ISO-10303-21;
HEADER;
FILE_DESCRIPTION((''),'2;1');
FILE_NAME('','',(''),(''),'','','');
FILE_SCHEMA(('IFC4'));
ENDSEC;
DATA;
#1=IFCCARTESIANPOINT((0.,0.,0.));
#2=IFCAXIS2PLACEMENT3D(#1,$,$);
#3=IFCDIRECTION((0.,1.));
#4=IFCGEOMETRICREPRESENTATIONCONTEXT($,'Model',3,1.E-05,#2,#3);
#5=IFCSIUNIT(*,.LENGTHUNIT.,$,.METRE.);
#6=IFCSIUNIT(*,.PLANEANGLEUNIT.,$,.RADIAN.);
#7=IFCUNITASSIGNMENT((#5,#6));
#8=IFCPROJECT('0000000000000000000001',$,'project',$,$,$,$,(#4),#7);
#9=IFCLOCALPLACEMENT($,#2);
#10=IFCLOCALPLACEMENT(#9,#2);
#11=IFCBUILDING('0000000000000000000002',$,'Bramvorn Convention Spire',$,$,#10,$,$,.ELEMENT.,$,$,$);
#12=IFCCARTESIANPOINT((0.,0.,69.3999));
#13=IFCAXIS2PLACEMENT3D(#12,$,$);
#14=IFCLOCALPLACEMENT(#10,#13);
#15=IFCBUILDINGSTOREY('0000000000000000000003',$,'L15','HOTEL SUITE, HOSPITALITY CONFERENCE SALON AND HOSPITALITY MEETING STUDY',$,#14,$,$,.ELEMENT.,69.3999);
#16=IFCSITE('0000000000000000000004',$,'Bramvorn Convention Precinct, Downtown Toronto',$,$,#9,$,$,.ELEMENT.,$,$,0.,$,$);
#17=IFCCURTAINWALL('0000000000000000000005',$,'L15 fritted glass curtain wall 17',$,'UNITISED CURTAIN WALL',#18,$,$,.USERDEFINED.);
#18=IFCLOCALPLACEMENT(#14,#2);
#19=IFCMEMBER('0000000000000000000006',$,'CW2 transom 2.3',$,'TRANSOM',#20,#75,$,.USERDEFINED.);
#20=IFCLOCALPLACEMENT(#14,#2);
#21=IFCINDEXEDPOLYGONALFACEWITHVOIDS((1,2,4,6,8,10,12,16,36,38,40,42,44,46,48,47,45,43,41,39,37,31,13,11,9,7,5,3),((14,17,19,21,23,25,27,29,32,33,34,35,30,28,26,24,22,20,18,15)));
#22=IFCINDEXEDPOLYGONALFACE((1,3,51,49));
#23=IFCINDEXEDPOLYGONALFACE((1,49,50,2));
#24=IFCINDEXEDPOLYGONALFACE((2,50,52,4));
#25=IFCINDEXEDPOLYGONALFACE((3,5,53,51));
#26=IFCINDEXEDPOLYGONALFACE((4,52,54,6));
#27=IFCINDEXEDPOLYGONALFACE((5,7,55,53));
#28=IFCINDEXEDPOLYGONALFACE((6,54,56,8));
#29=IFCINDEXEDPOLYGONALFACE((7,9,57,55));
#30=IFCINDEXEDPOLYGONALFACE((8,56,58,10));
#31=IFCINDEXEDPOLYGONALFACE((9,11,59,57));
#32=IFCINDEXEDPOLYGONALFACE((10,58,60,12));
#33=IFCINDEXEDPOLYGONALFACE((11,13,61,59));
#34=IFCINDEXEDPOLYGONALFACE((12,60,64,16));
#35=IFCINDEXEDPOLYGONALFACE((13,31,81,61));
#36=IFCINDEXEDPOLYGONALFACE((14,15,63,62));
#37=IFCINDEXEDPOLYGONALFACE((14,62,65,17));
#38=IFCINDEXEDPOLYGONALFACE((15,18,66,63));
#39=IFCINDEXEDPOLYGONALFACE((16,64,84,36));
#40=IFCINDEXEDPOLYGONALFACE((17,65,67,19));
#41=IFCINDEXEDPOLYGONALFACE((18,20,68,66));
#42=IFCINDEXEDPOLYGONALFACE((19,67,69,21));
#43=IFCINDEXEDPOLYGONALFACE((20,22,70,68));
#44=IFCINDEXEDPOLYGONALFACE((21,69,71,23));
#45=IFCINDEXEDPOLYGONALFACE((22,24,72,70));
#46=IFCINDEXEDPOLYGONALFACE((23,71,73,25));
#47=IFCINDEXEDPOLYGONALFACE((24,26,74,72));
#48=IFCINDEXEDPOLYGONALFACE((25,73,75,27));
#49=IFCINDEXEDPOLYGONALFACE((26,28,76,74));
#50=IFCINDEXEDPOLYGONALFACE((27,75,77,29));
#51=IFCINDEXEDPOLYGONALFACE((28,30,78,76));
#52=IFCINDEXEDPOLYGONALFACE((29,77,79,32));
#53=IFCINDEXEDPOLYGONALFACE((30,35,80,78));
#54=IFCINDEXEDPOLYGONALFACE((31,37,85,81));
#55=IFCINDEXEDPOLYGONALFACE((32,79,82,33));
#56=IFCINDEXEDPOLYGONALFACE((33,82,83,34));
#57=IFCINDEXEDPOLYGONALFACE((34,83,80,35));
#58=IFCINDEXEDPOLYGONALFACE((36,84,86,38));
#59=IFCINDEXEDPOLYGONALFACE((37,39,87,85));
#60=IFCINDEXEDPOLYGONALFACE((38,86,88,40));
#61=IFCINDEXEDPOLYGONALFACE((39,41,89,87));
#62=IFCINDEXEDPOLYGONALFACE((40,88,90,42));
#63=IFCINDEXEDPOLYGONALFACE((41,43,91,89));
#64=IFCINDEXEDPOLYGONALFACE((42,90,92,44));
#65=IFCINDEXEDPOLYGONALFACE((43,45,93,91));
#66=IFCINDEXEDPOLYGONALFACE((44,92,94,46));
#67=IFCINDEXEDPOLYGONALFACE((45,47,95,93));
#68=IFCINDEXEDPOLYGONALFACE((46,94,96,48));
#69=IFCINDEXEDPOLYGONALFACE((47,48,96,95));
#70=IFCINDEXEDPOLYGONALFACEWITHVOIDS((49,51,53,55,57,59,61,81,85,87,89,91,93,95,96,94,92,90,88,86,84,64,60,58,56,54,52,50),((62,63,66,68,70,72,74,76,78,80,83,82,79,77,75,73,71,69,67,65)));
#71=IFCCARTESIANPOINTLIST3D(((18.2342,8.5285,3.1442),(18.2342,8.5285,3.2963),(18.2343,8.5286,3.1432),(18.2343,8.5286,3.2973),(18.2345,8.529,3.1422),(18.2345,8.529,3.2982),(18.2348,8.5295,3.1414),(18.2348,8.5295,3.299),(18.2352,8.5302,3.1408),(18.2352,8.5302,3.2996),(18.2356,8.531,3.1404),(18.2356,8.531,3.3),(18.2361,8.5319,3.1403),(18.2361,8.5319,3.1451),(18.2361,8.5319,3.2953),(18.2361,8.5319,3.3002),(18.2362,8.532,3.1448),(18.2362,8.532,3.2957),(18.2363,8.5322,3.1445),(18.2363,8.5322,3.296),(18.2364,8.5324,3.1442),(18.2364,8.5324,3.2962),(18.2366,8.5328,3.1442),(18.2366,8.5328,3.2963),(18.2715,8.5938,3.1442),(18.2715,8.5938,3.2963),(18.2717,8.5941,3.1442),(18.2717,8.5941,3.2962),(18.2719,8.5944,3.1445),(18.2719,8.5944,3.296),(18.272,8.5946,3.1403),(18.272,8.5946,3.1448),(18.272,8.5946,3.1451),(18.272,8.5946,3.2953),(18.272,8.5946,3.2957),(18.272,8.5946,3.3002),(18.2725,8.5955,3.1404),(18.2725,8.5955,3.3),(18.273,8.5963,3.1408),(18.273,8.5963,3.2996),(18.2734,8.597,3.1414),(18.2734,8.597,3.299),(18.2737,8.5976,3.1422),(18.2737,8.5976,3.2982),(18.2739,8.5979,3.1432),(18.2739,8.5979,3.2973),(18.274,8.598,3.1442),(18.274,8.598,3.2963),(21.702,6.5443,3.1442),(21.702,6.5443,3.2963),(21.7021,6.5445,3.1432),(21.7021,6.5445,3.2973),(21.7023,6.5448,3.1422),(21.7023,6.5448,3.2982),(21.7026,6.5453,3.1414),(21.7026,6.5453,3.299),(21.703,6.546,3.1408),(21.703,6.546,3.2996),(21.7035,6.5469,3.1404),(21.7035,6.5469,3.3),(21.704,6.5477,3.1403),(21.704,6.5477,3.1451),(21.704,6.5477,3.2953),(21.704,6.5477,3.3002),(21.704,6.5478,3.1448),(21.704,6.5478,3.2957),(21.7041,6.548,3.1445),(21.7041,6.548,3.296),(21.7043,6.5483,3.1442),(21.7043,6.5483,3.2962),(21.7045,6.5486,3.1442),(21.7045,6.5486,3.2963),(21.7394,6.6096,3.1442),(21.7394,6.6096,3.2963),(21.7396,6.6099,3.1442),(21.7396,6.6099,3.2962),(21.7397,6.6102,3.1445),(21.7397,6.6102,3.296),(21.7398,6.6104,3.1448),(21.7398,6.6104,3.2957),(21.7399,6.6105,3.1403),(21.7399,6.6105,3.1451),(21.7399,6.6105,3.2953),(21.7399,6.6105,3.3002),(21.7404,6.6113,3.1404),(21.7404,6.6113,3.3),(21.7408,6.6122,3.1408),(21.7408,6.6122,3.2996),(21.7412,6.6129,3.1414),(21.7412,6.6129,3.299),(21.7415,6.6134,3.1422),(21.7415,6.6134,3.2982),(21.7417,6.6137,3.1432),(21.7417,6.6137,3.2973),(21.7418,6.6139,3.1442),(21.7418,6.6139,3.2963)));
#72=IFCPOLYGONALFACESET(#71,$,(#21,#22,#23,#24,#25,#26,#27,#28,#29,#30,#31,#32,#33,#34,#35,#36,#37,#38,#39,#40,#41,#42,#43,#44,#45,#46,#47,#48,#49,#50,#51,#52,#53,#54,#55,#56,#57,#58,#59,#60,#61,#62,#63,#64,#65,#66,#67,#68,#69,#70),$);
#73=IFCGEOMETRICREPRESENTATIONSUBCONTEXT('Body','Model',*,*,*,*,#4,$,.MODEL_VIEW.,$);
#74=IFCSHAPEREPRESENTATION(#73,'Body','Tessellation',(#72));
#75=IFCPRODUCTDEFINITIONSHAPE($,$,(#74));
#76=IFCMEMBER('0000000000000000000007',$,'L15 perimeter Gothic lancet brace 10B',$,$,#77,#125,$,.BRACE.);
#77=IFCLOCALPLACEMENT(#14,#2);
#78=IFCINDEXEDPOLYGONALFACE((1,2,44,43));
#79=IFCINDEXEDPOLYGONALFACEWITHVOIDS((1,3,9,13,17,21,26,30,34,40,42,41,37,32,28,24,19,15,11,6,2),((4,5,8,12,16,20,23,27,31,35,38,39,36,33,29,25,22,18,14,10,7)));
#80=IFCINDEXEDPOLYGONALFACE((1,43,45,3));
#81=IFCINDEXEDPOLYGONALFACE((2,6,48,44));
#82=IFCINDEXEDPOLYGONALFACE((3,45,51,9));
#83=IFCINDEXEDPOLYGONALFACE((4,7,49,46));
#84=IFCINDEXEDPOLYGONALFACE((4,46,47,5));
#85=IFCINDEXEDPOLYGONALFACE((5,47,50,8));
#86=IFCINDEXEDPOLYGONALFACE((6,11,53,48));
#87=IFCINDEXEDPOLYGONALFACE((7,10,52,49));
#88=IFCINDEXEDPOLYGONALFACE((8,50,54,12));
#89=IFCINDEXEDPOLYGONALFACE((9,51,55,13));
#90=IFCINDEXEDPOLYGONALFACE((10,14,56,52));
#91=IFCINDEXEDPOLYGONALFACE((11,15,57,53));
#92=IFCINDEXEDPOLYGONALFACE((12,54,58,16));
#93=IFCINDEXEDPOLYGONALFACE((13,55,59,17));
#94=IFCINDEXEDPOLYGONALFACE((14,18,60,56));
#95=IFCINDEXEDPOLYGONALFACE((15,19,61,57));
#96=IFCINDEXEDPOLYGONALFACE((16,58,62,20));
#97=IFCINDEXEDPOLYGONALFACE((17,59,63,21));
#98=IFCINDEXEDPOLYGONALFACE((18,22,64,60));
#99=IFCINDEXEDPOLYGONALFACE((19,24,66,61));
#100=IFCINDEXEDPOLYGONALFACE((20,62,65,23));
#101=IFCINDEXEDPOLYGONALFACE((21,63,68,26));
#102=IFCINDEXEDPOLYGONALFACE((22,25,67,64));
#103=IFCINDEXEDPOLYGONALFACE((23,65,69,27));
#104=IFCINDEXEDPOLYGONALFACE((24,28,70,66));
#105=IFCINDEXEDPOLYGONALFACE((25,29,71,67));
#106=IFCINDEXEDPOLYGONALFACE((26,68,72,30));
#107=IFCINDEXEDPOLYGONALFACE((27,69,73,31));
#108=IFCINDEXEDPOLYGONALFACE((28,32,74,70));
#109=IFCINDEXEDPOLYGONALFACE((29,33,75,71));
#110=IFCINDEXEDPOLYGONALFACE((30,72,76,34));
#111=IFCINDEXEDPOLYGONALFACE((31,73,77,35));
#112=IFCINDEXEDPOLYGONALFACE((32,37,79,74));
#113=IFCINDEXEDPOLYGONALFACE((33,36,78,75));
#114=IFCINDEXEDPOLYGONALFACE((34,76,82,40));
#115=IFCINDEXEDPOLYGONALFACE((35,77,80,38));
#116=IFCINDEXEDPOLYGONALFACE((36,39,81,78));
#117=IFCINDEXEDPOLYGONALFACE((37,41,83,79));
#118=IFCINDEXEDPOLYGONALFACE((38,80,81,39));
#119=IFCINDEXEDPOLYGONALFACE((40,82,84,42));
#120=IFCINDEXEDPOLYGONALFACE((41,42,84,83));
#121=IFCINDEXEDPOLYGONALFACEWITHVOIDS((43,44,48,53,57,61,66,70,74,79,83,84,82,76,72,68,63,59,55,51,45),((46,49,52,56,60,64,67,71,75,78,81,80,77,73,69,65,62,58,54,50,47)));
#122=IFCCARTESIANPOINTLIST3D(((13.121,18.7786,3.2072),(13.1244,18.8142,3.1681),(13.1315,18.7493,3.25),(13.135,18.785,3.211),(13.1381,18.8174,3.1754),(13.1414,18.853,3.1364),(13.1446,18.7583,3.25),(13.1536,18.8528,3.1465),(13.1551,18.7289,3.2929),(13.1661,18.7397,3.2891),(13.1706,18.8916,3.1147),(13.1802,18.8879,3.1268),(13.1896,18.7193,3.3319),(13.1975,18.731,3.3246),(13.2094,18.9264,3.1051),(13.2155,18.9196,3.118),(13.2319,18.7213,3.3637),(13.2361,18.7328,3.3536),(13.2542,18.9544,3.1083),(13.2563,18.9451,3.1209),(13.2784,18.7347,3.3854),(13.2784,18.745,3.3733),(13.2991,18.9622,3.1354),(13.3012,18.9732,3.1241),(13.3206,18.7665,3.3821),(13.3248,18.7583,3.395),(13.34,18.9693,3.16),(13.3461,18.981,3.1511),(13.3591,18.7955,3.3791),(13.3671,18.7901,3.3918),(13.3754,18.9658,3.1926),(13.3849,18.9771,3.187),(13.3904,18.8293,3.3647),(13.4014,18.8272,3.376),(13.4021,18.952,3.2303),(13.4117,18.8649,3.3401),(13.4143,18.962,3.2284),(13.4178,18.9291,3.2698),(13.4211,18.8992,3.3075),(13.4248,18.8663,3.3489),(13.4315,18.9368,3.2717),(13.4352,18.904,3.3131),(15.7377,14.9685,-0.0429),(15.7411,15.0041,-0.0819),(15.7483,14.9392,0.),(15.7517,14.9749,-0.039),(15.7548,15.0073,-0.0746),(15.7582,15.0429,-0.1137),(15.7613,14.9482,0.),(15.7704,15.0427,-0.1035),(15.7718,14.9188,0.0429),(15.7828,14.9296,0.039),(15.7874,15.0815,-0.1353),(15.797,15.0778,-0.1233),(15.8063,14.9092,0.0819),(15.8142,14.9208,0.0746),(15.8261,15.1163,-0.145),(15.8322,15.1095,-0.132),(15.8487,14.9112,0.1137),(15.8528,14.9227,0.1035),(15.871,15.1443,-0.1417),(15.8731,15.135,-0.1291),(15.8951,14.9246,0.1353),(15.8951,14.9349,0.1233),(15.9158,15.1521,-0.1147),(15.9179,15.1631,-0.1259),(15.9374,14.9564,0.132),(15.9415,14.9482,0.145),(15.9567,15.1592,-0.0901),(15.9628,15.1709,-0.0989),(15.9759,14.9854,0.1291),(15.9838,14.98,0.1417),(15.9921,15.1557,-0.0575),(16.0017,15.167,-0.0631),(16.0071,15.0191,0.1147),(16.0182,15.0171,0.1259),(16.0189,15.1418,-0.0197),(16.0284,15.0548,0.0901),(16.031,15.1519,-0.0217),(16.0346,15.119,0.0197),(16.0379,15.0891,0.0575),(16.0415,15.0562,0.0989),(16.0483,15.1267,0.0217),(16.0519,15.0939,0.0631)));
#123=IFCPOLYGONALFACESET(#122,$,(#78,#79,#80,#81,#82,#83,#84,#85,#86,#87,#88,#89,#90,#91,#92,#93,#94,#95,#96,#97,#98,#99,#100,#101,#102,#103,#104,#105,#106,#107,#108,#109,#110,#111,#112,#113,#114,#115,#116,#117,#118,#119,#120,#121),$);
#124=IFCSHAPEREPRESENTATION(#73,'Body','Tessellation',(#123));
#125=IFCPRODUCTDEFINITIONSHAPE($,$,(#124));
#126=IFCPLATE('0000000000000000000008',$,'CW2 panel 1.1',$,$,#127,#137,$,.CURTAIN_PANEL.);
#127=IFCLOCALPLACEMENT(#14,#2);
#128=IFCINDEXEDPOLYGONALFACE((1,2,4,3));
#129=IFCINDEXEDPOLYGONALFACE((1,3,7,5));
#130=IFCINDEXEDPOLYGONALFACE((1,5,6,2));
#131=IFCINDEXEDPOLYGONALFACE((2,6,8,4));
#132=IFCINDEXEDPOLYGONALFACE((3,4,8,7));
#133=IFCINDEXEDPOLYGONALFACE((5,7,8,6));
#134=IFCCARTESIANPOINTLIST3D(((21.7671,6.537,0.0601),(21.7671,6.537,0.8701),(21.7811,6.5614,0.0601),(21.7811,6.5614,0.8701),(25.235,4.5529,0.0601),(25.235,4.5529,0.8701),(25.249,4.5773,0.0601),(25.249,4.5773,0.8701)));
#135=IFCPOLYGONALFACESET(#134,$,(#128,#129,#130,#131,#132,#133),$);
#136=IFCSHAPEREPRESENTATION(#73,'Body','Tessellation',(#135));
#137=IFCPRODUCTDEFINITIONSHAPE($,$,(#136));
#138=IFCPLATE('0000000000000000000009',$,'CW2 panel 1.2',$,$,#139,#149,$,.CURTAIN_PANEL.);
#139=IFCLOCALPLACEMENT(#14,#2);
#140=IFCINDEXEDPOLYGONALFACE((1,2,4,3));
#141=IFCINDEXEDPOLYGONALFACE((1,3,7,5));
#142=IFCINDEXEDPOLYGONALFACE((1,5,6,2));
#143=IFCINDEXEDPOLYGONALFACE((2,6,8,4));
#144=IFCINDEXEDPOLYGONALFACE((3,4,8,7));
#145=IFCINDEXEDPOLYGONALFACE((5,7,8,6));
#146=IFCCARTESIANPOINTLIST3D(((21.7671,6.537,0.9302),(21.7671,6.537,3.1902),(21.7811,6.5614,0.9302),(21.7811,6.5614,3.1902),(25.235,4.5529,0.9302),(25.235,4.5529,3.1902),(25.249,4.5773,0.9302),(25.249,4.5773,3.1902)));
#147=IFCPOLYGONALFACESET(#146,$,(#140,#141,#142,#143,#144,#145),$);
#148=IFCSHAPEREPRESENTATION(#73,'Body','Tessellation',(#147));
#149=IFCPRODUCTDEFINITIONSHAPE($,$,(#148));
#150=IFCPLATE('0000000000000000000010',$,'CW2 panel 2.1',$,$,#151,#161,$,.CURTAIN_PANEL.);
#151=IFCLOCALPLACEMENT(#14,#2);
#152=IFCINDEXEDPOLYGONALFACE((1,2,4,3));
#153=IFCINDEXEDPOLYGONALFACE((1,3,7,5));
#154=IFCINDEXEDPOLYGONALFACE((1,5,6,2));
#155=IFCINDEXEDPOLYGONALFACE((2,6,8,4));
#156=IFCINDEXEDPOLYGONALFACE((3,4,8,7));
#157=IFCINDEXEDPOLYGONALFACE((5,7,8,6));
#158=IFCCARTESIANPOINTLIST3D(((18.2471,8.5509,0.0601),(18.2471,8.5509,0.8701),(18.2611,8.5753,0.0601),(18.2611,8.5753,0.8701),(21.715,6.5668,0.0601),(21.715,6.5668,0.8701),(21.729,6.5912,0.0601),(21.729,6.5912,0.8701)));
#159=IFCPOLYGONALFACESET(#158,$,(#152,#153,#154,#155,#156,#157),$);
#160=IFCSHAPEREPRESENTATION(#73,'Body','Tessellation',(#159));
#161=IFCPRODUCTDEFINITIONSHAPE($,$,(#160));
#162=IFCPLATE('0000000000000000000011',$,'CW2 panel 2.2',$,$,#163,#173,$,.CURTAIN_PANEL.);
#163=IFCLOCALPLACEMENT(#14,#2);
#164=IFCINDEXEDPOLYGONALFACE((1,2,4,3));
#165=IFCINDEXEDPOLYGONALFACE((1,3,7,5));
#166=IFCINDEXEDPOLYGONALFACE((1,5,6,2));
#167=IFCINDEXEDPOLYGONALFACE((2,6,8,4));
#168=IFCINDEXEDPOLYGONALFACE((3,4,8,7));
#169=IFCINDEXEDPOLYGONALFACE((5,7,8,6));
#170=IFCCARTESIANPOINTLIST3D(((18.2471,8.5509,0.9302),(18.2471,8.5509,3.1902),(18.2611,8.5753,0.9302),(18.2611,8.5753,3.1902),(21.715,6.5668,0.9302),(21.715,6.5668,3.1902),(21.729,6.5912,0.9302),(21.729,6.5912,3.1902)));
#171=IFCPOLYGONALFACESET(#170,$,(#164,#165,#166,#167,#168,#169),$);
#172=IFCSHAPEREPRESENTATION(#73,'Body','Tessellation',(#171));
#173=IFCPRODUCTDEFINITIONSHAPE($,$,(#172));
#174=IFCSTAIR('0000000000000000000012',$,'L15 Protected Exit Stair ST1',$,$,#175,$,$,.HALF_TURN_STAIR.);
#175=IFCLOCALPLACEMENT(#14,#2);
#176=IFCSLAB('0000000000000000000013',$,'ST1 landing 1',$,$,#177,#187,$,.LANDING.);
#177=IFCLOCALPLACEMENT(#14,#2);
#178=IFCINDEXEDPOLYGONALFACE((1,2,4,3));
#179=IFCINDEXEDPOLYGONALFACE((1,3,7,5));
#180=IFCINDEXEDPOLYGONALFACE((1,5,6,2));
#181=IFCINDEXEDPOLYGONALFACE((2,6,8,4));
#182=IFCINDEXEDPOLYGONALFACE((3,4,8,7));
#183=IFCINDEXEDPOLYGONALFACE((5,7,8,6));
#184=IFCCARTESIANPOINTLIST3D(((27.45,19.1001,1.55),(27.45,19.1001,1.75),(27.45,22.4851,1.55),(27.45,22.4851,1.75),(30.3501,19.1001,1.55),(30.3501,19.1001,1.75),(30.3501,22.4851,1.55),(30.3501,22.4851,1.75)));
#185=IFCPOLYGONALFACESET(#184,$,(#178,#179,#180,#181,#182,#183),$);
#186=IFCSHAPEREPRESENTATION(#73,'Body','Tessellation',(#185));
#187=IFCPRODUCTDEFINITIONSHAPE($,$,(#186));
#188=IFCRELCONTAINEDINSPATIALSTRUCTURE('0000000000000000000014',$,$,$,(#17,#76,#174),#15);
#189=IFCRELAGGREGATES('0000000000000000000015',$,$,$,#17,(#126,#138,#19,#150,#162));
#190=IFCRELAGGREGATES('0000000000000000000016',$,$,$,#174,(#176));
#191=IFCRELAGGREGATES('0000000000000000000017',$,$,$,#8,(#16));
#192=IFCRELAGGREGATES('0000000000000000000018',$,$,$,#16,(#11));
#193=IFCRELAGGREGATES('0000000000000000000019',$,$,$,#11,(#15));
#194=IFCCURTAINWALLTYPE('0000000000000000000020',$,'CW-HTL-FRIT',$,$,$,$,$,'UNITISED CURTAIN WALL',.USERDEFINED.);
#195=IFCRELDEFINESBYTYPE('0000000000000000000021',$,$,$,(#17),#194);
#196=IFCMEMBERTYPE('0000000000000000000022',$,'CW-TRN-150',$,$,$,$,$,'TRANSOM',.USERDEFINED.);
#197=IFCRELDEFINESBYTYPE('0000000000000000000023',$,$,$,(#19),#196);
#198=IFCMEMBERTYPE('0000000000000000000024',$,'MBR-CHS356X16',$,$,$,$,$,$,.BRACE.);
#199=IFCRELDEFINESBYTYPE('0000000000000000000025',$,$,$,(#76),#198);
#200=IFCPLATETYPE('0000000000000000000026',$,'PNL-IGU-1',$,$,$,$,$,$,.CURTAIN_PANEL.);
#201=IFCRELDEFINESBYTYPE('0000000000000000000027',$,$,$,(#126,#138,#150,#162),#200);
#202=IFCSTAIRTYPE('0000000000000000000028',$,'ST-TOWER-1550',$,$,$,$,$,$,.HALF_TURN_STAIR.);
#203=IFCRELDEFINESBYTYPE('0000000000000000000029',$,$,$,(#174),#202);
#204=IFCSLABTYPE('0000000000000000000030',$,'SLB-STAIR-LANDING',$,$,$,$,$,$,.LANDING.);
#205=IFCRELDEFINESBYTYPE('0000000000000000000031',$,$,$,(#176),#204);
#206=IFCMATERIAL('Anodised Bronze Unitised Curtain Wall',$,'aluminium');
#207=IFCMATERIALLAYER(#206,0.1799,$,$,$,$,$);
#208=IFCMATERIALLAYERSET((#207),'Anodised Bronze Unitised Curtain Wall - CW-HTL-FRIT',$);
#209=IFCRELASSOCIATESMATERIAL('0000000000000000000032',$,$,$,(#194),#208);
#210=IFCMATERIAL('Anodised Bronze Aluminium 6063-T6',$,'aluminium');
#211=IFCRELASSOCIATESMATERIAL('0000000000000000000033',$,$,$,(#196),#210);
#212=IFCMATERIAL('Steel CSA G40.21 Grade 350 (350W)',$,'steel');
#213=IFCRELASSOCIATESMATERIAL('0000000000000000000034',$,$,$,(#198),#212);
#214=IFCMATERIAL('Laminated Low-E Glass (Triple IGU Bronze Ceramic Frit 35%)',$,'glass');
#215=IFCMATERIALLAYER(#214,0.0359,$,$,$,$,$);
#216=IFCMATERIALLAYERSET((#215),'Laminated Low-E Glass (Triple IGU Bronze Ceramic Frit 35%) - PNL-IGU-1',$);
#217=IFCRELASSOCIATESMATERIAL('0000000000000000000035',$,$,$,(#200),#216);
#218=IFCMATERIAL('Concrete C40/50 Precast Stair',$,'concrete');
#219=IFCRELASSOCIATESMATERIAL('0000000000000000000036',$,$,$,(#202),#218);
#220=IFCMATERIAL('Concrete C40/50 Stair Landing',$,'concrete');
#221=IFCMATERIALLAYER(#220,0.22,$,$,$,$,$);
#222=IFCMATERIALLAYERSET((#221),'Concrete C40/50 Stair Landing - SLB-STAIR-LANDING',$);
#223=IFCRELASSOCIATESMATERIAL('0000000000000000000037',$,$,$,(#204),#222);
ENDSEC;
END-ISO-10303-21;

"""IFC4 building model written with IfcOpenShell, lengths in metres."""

from ifc_helpers import new_model, si_unit, direction, frame, origin, origin_2d, place, context, subcontext, project, spatial, polyline, rectangle, hollow_rectangle, hollow_circle, outline, extrude, material, layer, layer_set, material_profile, profile_set, type_object, element, aggregate, save


model = new_model("IFC4")

# Units and contexts
model_context = context("Model", 3, precision=1e-05, world=origin(), true_north=direction((0.0, 1.0)))
body_context = subcontext(model_context, "Body", "Model", "MODEL_VIEW")
ifc_project = project(units=[si_unit("LENGTHUNIT", "METRE"), si_unit("PLANEANGLEUNIT", "RADIAN")], contexts=[model_context])

# Site, building, storey
site_placement = place(None, origin())
site = spatial("IfcSite", under=ifc_project, at=site_placement, Name="Bramvorn Convention Precinct, Downtown Toronto", CompositionType="ELEMENT", RefElevation=0.0)
building_placement = place(site_placement, origin())
building = spatial("IfcBuilding", under=site, at=building_placement, Name="Bramvorn Convention Spire", CompositionType="ELEMENT")
storey_placement = place(building_placement, frame((0.0, 0.0, 69.3999)))
storey = spatial("IfcBuildingStorey", under=building, at=storey_placement, Name="L15", Description="HOTEL SUITE, HOSPITALITY CONFERENCE SALON AND HOSPITALITY MEETING STUDY", CompositionType="ELEMENT", Elevation=69.3999)

# Shared definitions
ifc_material_1 = material(Name="Steel CSA G40.21 Grade 350 (350W)", Category="steel")

# Curtain wall, member
ifc_material_2 = material(Name="Anodised Bronze Unitised Curtain Wall", Category="aluminium")
ifc_layer_1 = layer(ifc_material_2, 0.1799)
ifc_layer_set_1 = layer_set([ifc_layer_1], Name="Anodised Bronze Unitised Curtain Wall - CW-HTL-FRIT")
curtain_wall_type = type_object("IfcCurtainWallType", Name="CW-HTL-FRIT", ElementType="UNITISED CURTAIN WALL", PredefinedType="USERDEFINED", material=ifc_layer_set_1)
curtain_wall_placement = place(storey_placement, origin())
curtain_wall = element("IfcCurtainWall", 1, at=curtain_wall_placement, inside=storey, type_object=curtain_wall_type, Name="L15 fritted glass curtain wall 17", ObjectType="UNITISED CURTAIN WALL", PredefinedType="USERDEFINED")
ifc_material_3 = material(Name="Anodised Bronze Aluminium 6063-T6", Category="aluminium")
ifc_material_profile_1 = material_profile(ifc_material_3, hollow_rectangle(XDim=0.0801, YDim=0.1599, WallThickness=0.0039, InnerFilletRadius=0.001, OuterFilletRadius=0.0039, at=origin_2d()))
ifc_profile_set_1 = profile_set([ifc_material_profile_1], Name="Anodised Bronze Aluminium 6063-T6 - CWT80X160")
member_type_1 = type_object("IfcMemberType", Name="CW-TRN-150", ElementType="TRANSOM", PredefinedType="USERDEFINED", material=ifc_profile_set_1)
member_1_placement = place(storey_placement, frame((21.7219, 6.5791, 3.2202), z_axis=(-0.867968, 0.496619, 0.0), x_axis=(-0.496619, -0.867968, 0.0)))
member_1 = element("IfcMember", 2, at=member_1_placement, type_object=member_type_1, Name="CW2 transom 2.3", ObjectType="TRANSOM", PredefinedType="USERDEFINED", context=body_context, shape_type="SweptSolid", body=[
    extrude(hollow_rectangle(XDim=0.0801, YDim=0.1599, WallThickness=0.0039, InnerFilletRadius=0.001, OuterFilletRadius=0.0039, at=origin_2d()), origin(), (0.0, 0.0, 1.0), 3.9954),
])

# Member
ifc_material_profile_2 = material_profile(ifc_material_1, hollow_circle(Radius=0.1777, WallThickness=0.0159, at=origin_2d()))
ifc_profile_set_2 = profile_set([ifc_material_profile_2], Name="Steel CSA G40.21 Grade 350 (350W) - CHS356X16")
member_type_2 = type_object("IfcMemberType", Name="MBR-CHS356X16", PredefinedType="BRACE", material=ifc_profile_set_2)
member_2_placement = place(storey_placement, frame((15.8948, 15.0398, 0.0), z_axis=(-0.463106, 0.674308, 0.575188), x_axis=(-0.824316, -0.56613, 0.0)))
element("IfcMember", 3, at=member_2_placement, inside=storey, type_object=member_type_2, Name="L15 perimeter Gothic lancet brace 10B", PredefinedType="BRACE", context=body_context, shape_type="SweptSolid", body=[
    extrude(hollow_circle(Radius=0.1777, WallThickness=0.0159, at=origin_2d()), origin(), (0.0, 0.0, 1.0), 5.6504),
])

# Plates
ifc_material_4 = material(Name="Laminated Low-E Glass (Triple IGU Bronze Ceramic Frit 35%)", Category="glass")
ifc_layer_2 = layer(ifc_material_4, 0.0359)
ifc_layer_set_2 = layer_set([ifc_layer_2], Name="Laminated Low-E Glass (Triple IGU Bronze Ceramic Frit 35%) - PNL-IGU-1")
plate_type = type_object("IfcPlateType", Name="PNL-IGU-1", PredefinedType="CURTAIN_PANEL", material=ifc_layer_set_2)
plate_1_placement = place(storey_placement, frame((23.5081, 5.5571, 0.0601), z_axis=(0.0, 0.0, 1.0), x_axis=(-0.867981, 0.496598, 0.0)))
plate_1 = element("IfcPlate", 4, at=plate_1_placement, type_object=plate_type, Name="CW2 panel 1.1", PredefinedType="CURTAIN_PANEL", context=body_context, shape_type="SweptSolid", body=[
    extrude(rectangle(XDim=3.9954, YDim=0.0281, at=origin_2d()), origin(), (0.0, 0.0, 1.0), 0.8101),
])
plate_2_placement = place(storey_placement, frame((23.5081, 5.5571, 0.9302), z_axis=(0.0, 0.0, 1.0), x_axis=(-0.867981, 0.496598, 0.0)))
plate_2 = element("IfcPlate", 5, at=plate_2_placement, type_object=plate_type, Name="CW2 panel 1.2", PredefinedType="CURTAIN_PANEL", context=body_context, shape_type="SweptSolid", body=[
    extrude(rectangle(XDim=3.9954, YDim=0.0281, at=origin_2d()), origin(), (0.0, 0.0, 1.0), 2.26),
])
plate_3_placement = place(storey_placement, frame((19.988, 7.571, 0.0601), z_axis=(0.0, 0.0, 1.0), x_axis=(-0.867981, 0.496598, 0.0)))
plate_3 = element("IfcPlate", 6, at=plate_3_placement, type_object=plate_type, Name="CW2 panel 2.1", PredefinedType="CURTAIN_PANEL", context=body_context, shape_type="SweptSolid", body=[
    extrude(rectangle(XDim=3.9954, YDim=0.0281, at=origin_2d()), origin(), (0.0, 0.0, 1.0), 0.8101),
])
plate_4_placement = place(storey_placement, frame((19.988, 7.571, 0.9302), z_axis=(0.0, 0.0, 1.0), x_axis=(-0.867981, 0.496598, 0.0)))
plate_4 = element("IfcPlate", 7, at=plate_4_placement, type_object=plate_type, Name="CW2 panel 2.2", PredefinedType="CURTAIN_PANEL", context=body_context, shape_type="SweptSolid", body=[
    extrude(rectangle(XDim=3.9954, YDim=0.0281, at=origin_2d()), origin(), (0.0, 0.0, 1.0), 2.26),
])
aggregate(curtain_wall, [plate_1, plate_2, member_1, plate_3, plate_4])

# Stair, slab
ifc_material_5 = material(Name="Concrete C40/50 Precast Stair", Category="concrete")
stair_type = type_object("IfcStairType", Name="ST-TOWER-1550", PredefinedType="HALF_TURN_STAIR", material=ifc_material_5)
stair_1_placement = place(storey_placement, origin())
stair_1 = element("IfcStair", 8, at=stair_1_placement, inside=storey, type_object=stair_type, Name="L15 Protected Exit Stair ST1", PredefinedType="HALF_TURN_STAIR")
ifc_material_6 = material(Name="Concrete C40/50 Stair Landing", Category="concrete")
ifc_layer_3 = layer(ifc_material_6, 0.22)
ifc_layer_set_3 = layer_set([ifc_layer_3], Name="Concrete C40/50 Stair Landing - SLB-STAIR-LANDING")
slab_type_1 = type_object("IfcSlabType", Name="SLB-STAIR-LANDING", PredefinedType="LANDING", material=ifc_layer_set_3)
slab_1_placement = place(storey_placement, frame((0.0, 0.0, 1.55)))
slab_1 = element("IfcSlab", 9, at=slab_1_placement, type_object=slab_type_1, Name="ST1 landing 1", PredefinedType="LANDING", context=body_context, shape_type="SweptSolid", body=[
    extrude(outline(polyline([(27.45, 22.4851), (27.45, 19.1001), (30.3501, 19.1001), (30.3501, 22.4851), (27.45, 22.4851)])), origin(), (0.0, 0.0, 1.0), 0.2),
])
aggregate(stair_1, [slab_1])

save(model, "model.ifc")
